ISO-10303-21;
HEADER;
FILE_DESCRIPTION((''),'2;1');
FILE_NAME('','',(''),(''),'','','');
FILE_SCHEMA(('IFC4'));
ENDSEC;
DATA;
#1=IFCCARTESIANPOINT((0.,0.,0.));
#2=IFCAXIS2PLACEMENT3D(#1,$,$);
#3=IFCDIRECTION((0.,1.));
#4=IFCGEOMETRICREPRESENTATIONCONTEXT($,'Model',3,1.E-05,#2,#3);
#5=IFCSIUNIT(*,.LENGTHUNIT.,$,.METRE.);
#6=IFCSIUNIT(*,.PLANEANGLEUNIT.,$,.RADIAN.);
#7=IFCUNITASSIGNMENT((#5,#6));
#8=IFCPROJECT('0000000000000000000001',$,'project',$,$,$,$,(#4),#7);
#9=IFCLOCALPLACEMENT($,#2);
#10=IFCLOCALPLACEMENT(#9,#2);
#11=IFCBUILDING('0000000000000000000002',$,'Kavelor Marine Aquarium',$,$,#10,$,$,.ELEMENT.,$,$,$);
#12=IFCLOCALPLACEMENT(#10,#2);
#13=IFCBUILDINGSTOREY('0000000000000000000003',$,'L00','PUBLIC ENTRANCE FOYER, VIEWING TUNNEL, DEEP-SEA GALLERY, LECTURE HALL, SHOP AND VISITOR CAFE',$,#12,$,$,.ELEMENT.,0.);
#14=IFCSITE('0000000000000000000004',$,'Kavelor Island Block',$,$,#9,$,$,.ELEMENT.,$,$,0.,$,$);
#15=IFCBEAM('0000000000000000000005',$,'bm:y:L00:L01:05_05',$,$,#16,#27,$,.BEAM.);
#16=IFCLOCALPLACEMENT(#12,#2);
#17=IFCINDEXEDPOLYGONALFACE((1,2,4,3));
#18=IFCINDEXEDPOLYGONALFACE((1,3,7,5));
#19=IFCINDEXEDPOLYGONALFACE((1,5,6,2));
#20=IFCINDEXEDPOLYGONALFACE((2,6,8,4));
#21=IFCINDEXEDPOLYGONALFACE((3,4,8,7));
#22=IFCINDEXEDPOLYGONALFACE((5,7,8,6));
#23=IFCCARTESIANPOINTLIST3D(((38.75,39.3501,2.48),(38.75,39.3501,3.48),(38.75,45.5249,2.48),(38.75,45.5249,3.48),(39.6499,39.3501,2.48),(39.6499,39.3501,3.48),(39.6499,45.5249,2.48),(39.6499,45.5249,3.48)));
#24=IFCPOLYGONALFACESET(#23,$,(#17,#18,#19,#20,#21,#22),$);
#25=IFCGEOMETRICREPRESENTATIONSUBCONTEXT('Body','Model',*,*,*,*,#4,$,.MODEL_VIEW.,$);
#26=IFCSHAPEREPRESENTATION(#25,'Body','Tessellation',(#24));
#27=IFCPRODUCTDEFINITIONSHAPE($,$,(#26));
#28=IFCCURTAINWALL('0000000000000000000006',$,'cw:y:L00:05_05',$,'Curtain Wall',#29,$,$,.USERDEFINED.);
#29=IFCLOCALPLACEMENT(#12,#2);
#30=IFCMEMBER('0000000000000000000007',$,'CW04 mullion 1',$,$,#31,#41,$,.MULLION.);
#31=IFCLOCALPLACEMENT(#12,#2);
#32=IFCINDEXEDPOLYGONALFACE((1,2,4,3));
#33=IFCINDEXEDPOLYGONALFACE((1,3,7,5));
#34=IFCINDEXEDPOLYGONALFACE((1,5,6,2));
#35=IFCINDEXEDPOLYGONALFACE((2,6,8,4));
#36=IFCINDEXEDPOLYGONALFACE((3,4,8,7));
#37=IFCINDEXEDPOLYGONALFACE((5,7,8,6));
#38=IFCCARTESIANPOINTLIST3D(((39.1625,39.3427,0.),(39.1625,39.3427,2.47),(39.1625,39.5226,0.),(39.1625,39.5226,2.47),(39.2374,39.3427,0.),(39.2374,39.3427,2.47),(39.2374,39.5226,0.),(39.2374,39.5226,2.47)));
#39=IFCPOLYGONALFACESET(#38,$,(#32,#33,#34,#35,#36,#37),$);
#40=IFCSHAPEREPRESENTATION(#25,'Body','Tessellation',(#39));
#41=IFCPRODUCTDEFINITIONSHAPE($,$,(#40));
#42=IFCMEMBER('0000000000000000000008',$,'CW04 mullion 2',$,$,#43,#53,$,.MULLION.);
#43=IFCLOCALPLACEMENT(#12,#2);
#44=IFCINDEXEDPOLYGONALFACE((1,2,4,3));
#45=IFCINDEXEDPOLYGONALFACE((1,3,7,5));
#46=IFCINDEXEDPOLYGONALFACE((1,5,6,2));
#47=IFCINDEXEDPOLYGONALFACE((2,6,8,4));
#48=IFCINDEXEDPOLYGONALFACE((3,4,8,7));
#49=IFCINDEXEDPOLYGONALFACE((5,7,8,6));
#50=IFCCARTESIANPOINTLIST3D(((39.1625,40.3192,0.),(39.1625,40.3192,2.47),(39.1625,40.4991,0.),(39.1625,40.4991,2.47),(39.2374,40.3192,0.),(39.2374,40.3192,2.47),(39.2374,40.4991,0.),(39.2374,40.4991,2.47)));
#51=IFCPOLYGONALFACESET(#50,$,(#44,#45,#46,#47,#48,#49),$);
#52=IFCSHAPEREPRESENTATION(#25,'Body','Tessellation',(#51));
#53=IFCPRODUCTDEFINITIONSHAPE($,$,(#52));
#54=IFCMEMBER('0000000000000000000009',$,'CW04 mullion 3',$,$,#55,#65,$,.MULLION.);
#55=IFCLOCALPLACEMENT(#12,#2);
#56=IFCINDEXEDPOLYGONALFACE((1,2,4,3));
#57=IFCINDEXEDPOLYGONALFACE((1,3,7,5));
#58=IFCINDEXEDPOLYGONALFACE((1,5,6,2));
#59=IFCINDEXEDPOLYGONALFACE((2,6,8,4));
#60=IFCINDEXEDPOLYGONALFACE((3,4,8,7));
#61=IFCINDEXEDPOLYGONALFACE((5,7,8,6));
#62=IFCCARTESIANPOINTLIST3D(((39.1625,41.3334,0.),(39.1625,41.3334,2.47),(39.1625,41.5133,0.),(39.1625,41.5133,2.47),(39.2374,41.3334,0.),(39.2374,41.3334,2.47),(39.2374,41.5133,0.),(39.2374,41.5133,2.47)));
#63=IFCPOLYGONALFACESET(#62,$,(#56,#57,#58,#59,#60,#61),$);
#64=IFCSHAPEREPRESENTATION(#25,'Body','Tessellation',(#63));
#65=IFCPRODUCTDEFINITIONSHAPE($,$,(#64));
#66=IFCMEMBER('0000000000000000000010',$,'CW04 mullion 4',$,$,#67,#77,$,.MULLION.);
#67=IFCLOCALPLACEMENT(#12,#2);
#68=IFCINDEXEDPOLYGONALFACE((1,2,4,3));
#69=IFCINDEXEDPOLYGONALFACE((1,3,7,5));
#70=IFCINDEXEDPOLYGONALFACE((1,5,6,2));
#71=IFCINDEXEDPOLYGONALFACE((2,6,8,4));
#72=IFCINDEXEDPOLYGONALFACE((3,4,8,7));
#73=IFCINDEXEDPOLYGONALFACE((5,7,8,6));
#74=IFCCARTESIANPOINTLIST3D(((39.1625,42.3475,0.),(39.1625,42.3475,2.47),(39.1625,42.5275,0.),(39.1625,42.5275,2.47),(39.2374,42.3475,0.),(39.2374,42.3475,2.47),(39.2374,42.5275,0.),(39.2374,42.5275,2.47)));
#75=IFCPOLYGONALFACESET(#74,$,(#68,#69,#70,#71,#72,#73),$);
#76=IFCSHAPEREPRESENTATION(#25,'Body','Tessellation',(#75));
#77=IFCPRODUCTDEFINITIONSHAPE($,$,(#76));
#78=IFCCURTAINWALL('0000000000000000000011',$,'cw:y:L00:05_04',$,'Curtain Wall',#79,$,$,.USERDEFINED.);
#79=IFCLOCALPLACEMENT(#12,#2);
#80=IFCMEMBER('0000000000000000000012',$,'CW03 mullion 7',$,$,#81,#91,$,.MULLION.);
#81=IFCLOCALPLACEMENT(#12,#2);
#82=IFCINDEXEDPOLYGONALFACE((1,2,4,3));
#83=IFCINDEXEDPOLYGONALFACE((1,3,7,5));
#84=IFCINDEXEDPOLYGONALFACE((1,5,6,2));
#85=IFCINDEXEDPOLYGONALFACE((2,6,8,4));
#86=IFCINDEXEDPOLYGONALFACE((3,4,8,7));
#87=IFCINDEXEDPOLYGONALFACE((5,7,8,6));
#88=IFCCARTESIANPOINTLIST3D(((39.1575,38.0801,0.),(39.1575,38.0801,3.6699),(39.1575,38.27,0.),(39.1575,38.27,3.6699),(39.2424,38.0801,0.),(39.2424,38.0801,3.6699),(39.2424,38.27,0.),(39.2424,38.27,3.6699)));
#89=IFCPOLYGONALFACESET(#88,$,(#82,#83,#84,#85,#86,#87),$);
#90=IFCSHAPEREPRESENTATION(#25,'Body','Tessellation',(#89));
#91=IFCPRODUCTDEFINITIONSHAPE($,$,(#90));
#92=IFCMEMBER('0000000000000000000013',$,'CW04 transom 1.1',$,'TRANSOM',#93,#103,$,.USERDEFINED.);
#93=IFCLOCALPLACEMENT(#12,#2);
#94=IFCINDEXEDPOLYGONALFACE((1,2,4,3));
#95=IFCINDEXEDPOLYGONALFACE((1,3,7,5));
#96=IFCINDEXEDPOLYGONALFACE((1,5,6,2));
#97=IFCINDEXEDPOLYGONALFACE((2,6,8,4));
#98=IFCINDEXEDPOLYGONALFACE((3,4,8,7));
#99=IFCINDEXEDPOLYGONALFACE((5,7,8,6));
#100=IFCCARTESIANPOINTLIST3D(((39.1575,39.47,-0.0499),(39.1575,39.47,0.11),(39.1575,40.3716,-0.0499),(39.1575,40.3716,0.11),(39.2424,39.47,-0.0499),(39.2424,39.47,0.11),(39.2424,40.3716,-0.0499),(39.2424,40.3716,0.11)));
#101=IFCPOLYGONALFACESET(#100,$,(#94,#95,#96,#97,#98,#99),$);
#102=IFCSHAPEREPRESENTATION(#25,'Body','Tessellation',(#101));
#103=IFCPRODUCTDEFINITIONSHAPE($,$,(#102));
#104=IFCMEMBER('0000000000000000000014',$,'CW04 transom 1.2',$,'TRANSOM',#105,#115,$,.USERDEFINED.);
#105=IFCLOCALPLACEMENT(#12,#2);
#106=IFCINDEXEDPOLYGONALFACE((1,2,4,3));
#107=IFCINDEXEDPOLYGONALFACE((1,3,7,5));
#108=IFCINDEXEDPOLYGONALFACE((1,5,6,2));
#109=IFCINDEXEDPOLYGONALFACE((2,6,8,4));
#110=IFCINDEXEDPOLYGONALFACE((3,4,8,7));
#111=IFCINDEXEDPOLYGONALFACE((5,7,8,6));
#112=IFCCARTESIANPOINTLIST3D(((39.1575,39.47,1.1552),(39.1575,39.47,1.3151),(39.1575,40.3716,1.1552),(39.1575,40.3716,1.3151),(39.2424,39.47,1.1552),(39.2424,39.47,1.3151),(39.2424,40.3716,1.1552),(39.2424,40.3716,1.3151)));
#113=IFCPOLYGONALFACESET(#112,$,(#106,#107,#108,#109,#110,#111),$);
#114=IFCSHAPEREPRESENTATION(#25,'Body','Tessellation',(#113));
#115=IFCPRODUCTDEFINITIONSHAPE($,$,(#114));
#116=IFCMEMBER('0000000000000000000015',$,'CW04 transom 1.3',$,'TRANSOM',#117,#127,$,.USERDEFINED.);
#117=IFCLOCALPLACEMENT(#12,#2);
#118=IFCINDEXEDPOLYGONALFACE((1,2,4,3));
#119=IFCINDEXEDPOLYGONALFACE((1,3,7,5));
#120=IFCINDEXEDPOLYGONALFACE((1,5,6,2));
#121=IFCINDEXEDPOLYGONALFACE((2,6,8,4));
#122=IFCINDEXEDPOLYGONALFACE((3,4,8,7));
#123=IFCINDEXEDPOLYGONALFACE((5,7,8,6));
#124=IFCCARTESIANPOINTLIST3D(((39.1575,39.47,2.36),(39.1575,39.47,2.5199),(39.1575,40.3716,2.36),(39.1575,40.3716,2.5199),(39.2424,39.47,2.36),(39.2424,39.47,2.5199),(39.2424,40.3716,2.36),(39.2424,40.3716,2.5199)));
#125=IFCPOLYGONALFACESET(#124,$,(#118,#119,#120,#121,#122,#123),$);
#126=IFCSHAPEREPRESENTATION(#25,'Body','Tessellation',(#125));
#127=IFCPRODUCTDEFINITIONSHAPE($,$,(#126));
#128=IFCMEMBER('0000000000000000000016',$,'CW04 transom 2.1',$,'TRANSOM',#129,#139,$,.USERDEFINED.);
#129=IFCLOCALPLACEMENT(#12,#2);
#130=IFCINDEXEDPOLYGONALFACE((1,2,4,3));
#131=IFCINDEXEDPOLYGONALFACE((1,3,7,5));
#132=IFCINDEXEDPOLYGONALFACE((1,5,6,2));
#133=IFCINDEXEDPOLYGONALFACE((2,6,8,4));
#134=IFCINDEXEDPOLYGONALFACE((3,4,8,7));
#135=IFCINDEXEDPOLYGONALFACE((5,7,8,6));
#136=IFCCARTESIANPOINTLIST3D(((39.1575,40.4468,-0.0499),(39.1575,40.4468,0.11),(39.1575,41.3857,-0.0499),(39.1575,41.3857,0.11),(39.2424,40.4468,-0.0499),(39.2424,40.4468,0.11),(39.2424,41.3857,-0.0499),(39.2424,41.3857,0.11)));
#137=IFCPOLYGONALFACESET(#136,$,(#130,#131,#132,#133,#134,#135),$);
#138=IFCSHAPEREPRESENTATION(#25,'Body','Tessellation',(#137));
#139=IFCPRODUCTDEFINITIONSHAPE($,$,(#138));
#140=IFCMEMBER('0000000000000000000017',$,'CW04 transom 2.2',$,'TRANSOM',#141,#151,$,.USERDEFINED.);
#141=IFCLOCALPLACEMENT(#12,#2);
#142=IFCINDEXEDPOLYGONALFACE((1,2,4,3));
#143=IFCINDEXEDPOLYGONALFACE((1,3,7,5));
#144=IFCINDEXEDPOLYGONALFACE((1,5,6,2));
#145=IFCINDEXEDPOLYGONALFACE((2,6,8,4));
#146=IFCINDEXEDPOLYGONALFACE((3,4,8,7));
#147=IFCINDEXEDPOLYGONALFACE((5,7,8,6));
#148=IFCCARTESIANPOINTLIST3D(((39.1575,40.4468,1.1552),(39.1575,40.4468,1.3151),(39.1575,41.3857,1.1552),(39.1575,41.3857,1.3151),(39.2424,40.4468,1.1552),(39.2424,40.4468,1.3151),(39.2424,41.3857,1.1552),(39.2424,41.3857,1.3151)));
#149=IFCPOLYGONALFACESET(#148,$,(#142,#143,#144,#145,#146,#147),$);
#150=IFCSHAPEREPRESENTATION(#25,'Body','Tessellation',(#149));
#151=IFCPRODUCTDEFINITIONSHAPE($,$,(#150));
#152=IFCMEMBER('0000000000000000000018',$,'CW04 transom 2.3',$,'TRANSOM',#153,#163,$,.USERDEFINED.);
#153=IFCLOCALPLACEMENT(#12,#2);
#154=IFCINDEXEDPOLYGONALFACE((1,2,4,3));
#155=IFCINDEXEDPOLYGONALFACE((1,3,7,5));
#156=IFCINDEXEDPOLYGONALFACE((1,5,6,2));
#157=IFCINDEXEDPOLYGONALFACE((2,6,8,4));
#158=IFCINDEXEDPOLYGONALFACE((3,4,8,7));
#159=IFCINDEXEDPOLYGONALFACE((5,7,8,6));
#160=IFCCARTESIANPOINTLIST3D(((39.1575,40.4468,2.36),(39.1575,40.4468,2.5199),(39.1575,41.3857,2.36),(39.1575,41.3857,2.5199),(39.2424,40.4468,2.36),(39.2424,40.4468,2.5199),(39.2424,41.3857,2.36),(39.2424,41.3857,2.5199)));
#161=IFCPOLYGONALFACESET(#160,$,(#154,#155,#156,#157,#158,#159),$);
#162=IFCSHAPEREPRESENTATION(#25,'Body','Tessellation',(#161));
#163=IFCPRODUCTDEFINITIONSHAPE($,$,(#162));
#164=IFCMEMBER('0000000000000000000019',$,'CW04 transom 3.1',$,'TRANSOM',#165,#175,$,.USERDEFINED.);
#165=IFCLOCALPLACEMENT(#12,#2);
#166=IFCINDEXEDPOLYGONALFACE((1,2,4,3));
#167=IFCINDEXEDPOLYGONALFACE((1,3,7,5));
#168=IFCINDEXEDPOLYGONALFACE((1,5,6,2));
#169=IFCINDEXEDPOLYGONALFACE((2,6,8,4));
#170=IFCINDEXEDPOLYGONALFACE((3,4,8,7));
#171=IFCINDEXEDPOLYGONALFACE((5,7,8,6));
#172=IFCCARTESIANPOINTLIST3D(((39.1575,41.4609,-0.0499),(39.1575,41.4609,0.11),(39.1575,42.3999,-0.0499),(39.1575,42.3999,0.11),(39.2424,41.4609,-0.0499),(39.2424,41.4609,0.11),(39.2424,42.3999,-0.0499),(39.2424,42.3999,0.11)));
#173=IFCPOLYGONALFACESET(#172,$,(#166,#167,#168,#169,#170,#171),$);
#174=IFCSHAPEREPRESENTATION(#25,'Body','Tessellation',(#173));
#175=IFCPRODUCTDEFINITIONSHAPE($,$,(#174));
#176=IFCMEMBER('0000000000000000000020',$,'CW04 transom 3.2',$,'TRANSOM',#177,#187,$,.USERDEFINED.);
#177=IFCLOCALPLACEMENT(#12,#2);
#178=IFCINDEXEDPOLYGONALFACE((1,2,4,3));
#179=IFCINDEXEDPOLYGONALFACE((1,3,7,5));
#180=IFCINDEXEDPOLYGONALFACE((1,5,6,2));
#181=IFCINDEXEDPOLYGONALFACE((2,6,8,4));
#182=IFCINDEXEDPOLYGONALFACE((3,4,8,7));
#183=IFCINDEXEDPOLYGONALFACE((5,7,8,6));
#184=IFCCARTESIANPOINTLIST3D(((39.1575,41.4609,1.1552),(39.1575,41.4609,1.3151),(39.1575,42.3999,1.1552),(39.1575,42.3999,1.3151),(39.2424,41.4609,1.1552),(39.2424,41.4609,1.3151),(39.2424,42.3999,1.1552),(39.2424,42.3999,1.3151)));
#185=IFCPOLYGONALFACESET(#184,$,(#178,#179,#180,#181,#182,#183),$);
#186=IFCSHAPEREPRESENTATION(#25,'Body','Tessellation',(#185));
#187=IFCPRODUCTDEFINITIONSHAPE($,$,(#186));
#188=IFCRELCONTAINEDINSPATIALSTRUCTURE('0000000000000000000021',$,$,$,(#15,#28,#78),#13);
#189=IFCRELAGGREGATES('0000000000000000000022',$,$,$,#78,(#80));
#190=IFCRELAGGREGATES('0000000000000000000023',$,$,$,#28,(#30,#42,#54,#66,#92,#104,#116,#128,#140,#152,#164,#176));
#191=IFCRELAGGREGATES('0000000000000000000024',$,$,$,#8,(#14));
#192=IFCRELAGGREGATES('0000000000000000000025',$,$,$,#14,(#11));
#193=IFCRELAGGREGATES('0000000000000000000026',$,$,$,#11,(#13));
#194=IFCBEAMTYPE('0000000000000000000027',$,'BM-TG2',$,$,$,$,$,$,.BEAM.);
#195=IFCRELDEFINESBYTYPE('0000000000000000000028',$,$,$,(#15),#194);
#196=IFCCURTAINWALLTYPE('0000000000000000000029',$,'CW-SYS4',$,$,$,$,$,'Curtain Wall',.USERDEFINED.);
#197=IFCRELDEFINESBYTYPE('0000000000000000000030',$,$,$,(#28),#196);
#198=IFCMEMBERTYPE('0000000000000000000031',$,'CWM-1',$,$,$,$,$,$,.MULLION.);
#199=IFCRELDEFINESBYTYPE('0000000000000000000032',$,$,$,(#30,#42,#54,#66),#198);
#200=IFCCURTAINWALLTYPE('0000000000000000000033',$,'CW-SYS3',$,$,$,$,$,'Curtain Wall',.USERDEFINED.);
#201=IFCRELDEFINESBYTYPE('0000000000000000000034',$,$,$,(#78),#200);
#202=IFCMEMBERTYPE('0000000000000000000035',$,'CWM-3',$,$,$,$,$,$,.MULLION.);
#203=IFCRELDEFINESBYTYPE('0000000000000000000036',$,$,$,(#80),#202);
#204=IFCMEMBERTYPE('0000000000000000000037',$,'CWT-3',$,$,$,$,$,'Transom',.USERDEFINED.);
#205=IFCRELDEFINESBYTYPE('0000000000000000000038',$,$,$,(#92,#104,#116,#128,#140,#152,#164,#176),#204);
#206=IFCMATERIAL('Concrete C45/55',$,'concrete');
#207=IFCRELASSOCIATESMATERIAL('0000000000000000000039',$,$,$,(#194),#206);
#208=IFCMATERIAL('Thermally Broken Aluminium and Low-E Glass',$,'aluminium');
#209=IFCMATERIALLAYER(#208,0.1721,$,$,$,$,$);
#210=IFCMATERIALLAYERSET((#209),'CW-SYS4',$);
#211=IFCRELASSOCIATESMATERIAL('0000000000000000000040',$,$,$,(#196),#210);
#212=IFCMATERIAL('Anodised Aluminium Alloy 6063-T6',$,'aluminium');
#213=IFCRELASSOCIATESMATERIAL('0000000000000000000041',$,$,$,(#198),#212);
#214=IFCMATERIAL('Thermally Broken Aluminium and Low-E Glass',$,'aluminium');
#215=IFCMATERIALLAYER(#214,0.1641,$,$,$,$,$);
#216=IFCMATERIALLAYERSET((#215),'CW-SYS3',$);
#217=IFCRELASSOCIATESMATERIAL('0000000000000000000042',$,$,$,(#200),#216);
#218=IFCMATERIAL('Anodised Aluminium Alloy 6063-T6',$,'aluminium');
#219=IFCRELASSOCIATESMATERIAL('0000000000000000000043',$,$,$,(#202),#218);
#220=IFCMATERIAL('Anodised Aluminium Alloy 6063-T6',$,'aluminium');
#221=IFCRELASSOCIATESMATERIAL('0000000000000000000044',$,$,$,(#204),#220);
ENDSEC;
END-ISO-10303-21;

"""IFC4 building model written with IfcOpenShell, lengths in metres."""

from ifc_helpers import new_model, si_unit, direction, frame, origin, origin_2d, place, context, subcontext, project, spatial, rectangle, extrude, material, layer, layer_set, material_profile, profile_set, type_object, element, aggregate, save


model = new_model("IFC4")

# Units and contexts
model_context = context("Model", 3, precision=1e-05, world=origin(), true_north=direction((0.0, 1.0)))
body_context = subcontext(model_context, "Body", "Model", "MODEL_VIEW")
ifc_project = project(units=[si_unit("LENGTHUNIT", "METRE"), si_unit("PLANEANGLEUNIT", "RADIAN")], contexts=[model_context])

# Site, building, storey
site_placement = place(None, origin())
site = spatial("IfcSite", under=ifc_project, at=site_placement, Name="Kavelor Island Block", CompositionType="ELEMENT", RefElevation=0.0)
building_placement = place(site_placement, origin())
building = spatial("IfcBuilding", under=site, at=building_placement, Name="Kavelor Marine Aquarium", CompositionType="ELEMENT")
storey_placement = place(building_placement, origin())
storey = spatial("IfcBuildingStorey", under=building, at=storey_placement, Name="L00", Description="PUBLIC ENTRANCE FOYER, VIEWING TUNNEL, DEEP-SEA GALLERY, LECTURE HALL, SHOP AND VISITOR CAFE", CompositionType="ELEMENT", Elevation=0.0)

# Beam
ifc_material_1 = material(Name="Concrete C45/55", Category="concrete")
ifc_material_profile_1 = material_profile(ifc_material_1, rectangle(XDim=0.8999, YDim=1.0, at=origin_2d()), Name="RC-TG 900x1000")
ifc_profile_set_1 = profile_set([ifc_material_profile_1], Name="Concrete C45/55")
beam_type_1 = type_object("IfcBeamType", Name="BM-TG2", PredefinedType="BEAM", material=ifc_profile_set_1)
beam_1_placement = place(storey_placement, frame((39.2, 39.3501, 2.98), z_axis=(0.0, 1.0, 0.0), x_axis=(-1.0, 0.0, 0.0)))
element("IfcBeam", 1, at=beam_1_placement, inside=storey, type_object=beam_type_1, Name="bm:y:L00:L01:05_05", PredefinedType="BEAM", context=body_context, shape_type="SweptSolid", body=[
    extrude(rectangle(XDim=0.8999, YDim=1.0, at=origin_2d()), origin(), (0.0, 0.0, 1.0), 6.1748),
])

# Curtain wall, members
ifc_material_2 = material(Name="Thermally Broken Aluminium and Low-E Glass", Category="aluminium")
ifc_layer_1 = layer(ifc_material_2, 0.1721)
ifc_layer_set_1 = layer_set([ifc_layer_1], Name="CW-SYS4")
curtain_wall_type_1 = type_object("IfcCurtainWallType", Name="CW-SYS4", ElementType="Curtain Wall", PredefinedType="USERDEFINED", material=ifc_layer_set_1)
curtain_wall_1_placement = place(storey_placement, origin())
curtain_wall_1 = element("IfcCurtainWall", 2, at=curtain_wall_1_placement, inside=storey, type_object=curtain_wall_type_1, Name="cw:y:L00:05_05", ObjectType="Curtain Wall", PredefinedType="USERDEFINED")
ifc_material_3 = material(Name="Anodised Aluminium Alloy 6063-T6", Category="aluminium")
ifc_material_profile_2 = material_profile(ifc_material_3, rectangle(XDim=0.075, YDim=0.1799, at=origin_2d()), Name="CW-MUL 75x180")
ifc_profile_set_2 = profile_set([ifc_material_profile_2], Name="Anodised Aluminium Alloy 6063-T6")
member_type_1 = type_object("IfcMemberType", Name="CWM-1", PredefinedType="MULLION", material=ifc_profile_set_2)
member_1_placement = place(storey_placement, frame((39.2, 39.4326, 0.0), z_axis=(0.0, 0.0, 1.0), x_axis=(-1.0, 0.0, 0.0)))
member_1 = element("IfcMember", 3, at=member_1_placement, type_object=member_type_1, Name="CW04 mullion 1", PredefinedType="MULLION", context=body_context, shape_type="SweptSolid", body=[
    extrude(rectangle(XDim=0.075, YDim=0.1799, at=origin_2d()), origin(), (0.0, 0.0, 1.0), 2.47),
])
member_2_placement = place(storey_placement, frame((39.2, 40.4092, 0.0), z_axis=(0.0, 0.0, 1.0), x_axis=(-1.0, 0.0, 0.0)))
member_2 = element("IfcMember", 4, at=member_2_placement, type_object=member_type_1, Name="CW04 mullion 2", PredefinedType="MULLION", context=body_context, shape_type="SweptSolid", body=[
    extrude(rectangle(XDim=0.075, YDim=0.1799, at=origin_2d()), origin(), (0.0, 0.0, 1.0), 2.47),
])
member_3_placement = place(storey_placement, frame((39.2, 41.4233, 0.0), z_axis=(0.0, 0.0, 1.0), x_axis=(-1.0, 0.0, 0.0)))
member_3 = element("IfcMember", 5, at=member_3_placement, type_object=member_type_1, Name="CW04 mullion 3", PredefinedType="MULLION", context=body_context, shape_type="SweptSolid", body=[
    extrude(rectangle(XDim=0.075, YDim=0.1799, at=origin_2d()), origin(), (0.0, 0.0, 1.0), 2.47),
])
member_4_placement = place(storey_placement, frame((39.2, 42.4375, 0.0), z_axis=(0.0, 0.0, 1.0), x_axis=(-1.0, 0.0, 0.0)))
member_4 = element("IfcMember", 6, at=member_4_placement, type_object=member_type_1, Name="CW04 mullion 4", PredefinedType="MULLION", context=body_context, shape_type="SweptSolid", body=[
    extrude(rectangle(XDim=0.075, YDim=0.1799, at=origin_2d()), origin(), (0.0, 0.0, 1.0), 2.47),
])

# Curtain wall, member
ifc_material_4 = material(Name="Thermally Broken Aluminium and Low-E Glass", Category="aluminium")
ifc_layer_2 = layer(ifc_material_4, 0.1641)
ifc_layer_set_2 = layer_set([ifc_layer_2], Name="CW-SYS3")
curtain_wall_type_2 = type_object("IfcCurtainWallType", Name="CW-SYS3", ElementType="Curtain Wall", PredefinedType="USERDEFINED", material=ifc_layer_set_2)
curtain_wall_2_placement = place(storey_placement, origin())
curtain_wall_2 = element("IfcCurtainWall", 7, at=curtain_wall_2_placement, inside=storey, type_object=curtain_wall_type_2, Name="cw:y:L00:05_04", ObjectType="Curtain Wall", PredefinedType="USERDEFINED")
ifc_material_5 = material(Name="Anodised Aluminium Alloy 6063-T6", Category="aluminium")
ifc_material_profile_3 = material_profile(ifc_material_5, rectangle(XDim=0.085, YDim=0.1899, at=origin_2d()), Name="CW-MUL 85x190")
ifc_profile_set_3 = profile_set([ifc_material_profile_3], Name="Anodised Aluminium Alloy 6063-T6")
member_type_2 = type_object("IfcMemberType", Name="CWM-3", PredefinedType="MULLION", material=ifc_profile_set_3)
member_5_placement = place(storey_placement, frame((39.2, 38.175, 0.0), z_axis=(0.0, 0.0, 1.0), x_axis=(-1.0, 0.0, 0.0)))
member_5 = element("IfcMember", 8, at=member_5_placement, type_object=member_type_2, Name="CW03 mullion 7", PredefinedType="MULLION", context=body_context, shape_type="SweptSolid", body=[
    extrude(rectangle(XDim=0.085, YDim=0.1899, at=origin_2d()), origin(), (0.0, 0.0, 1.0), 3.6699),
])

# Members
ifc_material_6 = material(Name="Anodised Aluminium Alloy 6063-T6", Category="aluminium")
ifc_material_profile_4 = material_profile(ifc_material_6, rectangle(XDim=0.085, YDim=0.1599, at=origin_2d()), Name="CW-TRN 85x160")
ifc_profile_set_4 = profile_set([ifc_material_profile_4], Name="Anodised Aluminium Alloy 6063-T6")
member_type_3 = type_object("IfcMemberType", Name="CWT-3", ElementType="Transom", PredefinedType="USERDEFINED", material=ifc_profile_set_4)
member_6_placement = place(storey_placement, frame((39.2, 39.47, 0.03), z_axis=(0.0, 1.0, 0.0), x_axis=(-1.0, 0.0, 0.0)))
member_6 = element("IfcMember", 9, at=member_6_placement, type_object=member_type_3, Name="CW04 transom 1.1", ObjectType="TRANSOM", PredefinedType="USERDEFINED", context=body_context, shape_type="SweptSolid", body=[
    extrude(rectangle(XDim=0.085, YDim=0.1599, at=origin_2d()), origin(), (0.0, 0.0, 1.0), 0.9016),
])
member_7_placement = place(storey_placement, frame((39.2, 39.47, 1.2351), z_axis=(0.0, 1.0, 0.0), x_axis=(-1.0, 0.0, 0.0)))
member_7 = element("IfcMember", 10, at=member_7_placement, type_object=member_type_3, Name="CW04 transom 1.2", ObjectType="TRANSOM", PredefinedType="USERDEFINED", context=body_context, shape_type="SweptSolid", body=[
    extrude(rectangle(XDim=0.085, YDim=0.1599, at=origin_2d()), origin(), (0.0, 0.0, 1.0), 0.9016),
])
member_8_placement = place(storey_placement, frame((39.2, 39.47, 2.4399), z_axis=(0.0, 1.0, 0.0), x_axis=(-1.0, 0.0, 0.0)))
member_8 = element("IfcMember", 11, at=member_8_placement, type_object=member_type_3, Name="CW04 transom 1.3", ObjectType="TRANSOM", PredefinedType="USERDEFINED", context=body_context, shape_type="SweptSolid", body=[
    extrude(rectangle(XDim=0.085, YDim=0.1599, at=origin_2d()), origin(), (0.0, 0.0, 1.0), 0.9016),
])
member_9_placement = place(storey_placement, frame((39.2, 40.4468, 0.03), z_axis=(0.0, 1.0, 0.0), x_axis=(-1.0, 0.0, 0.0)))
member_9 = element("IfcMember", 12, at=member_9_placement, type_object=member_type_3, Name="CW04 transom 2.1", ObjectType="TRANSOM", PredefinedType="USERDEFINED", context=body_context, shape_type="SweptSolid", body=[
    extrude(rectangle(XDim=0.085, YDim=0.1599, at=origin_2d()), origin(), (0.0, 0.0, 1.0), 0.939),
])
member_10_placement = place(storey_placement, frame((39.2, 40.4468, 1.2351), z_axis=(0.0, 1.0, 0.0), x_axis=(-1.0, 0.0, 0.0)))
member_10 = element("IfcMember", 13, at=member_10_placement, type_object=member_type_3, Name="CW04 transom 2.2", ObjectType="TRANSOM", PredefinedType="USERDEFINED", context=body_context, shape_type="SweptSolid", body=[
    extrude(rectangle(XDim=0.085, YDim=0.1599, at=origin_2d()), origin(), (0.0, 0.0, 1.0), 0.939),
])
member_11_placement = place(storey_placement, frame((39.2, 40.4468, 2.4399), z_axis=(0.0, 1.0, 0.0), x_axis=(-1.0, 0.0, 0.0)))
member_11 = element("IfcMember", 14, at=member_11_placement, type_object=member_type_3, Name="CW04 transom 2.3", ObjectType="TRANSOM", PredefinedType="USERDEFINED", context=body_context, shape_type="SweptSolid", body=[
    extrude(rectangle(XDim=0.085, YDim=0.1599, at=origin_2d()), origin(), (0.0, 0.0, 1.0), 0.939),
])
member_12_placement = place(storey_placement, frame((39.2, 41.4609, 0.03), z_axis=(0.0, 1.0, 0.0), x_axis=(-1.0, 0.0, 0.0)))
member_12 = element("IfcMember", 15, at=member_12_placement, type_object=member_type_3, Name="CW04 transom 3.1", ObjectType="TRANSOM", PredefinedType="USERDEFINED", context=body_context, shape_type="SweptSolid", body=[
    extrude(rectangle(XDim=0.085, YDim=0.1599, at=origin_2d()), origin(), (0.0, 0.0, 1.0), 0.939),
])
member_13_placement = place(storey_placement, frame((39.2, 41.4609, 1.2351), z_axis=(0.0, 1.0, 0.0), x_axis=(-1.0, 0.0, 0.0)))
member_13 = element("IfcMember", 16, at=member_13_placement, type_object=member_type_3, Name="CW04 transom 3.2", ObjectType="TRANSOM", PredefinedType="USERDEFINED", context=body_context, shape_type="SweptSolid", body=[
    extrude(rectangle(XDim=0.085, YDim=0.1599, at=origin_2d()), origin(), (0.0, 0.0, 1.0), 0.939),
])

aggregate(curtain_wall_2, [member_5])
aggregate(curtain_wall_1, [member_1, member_2, member_3, member_4, member_6, member_7, member_8, member_9, member_10, member_11, member_12, member_13])

save(model, "model.ifc")
